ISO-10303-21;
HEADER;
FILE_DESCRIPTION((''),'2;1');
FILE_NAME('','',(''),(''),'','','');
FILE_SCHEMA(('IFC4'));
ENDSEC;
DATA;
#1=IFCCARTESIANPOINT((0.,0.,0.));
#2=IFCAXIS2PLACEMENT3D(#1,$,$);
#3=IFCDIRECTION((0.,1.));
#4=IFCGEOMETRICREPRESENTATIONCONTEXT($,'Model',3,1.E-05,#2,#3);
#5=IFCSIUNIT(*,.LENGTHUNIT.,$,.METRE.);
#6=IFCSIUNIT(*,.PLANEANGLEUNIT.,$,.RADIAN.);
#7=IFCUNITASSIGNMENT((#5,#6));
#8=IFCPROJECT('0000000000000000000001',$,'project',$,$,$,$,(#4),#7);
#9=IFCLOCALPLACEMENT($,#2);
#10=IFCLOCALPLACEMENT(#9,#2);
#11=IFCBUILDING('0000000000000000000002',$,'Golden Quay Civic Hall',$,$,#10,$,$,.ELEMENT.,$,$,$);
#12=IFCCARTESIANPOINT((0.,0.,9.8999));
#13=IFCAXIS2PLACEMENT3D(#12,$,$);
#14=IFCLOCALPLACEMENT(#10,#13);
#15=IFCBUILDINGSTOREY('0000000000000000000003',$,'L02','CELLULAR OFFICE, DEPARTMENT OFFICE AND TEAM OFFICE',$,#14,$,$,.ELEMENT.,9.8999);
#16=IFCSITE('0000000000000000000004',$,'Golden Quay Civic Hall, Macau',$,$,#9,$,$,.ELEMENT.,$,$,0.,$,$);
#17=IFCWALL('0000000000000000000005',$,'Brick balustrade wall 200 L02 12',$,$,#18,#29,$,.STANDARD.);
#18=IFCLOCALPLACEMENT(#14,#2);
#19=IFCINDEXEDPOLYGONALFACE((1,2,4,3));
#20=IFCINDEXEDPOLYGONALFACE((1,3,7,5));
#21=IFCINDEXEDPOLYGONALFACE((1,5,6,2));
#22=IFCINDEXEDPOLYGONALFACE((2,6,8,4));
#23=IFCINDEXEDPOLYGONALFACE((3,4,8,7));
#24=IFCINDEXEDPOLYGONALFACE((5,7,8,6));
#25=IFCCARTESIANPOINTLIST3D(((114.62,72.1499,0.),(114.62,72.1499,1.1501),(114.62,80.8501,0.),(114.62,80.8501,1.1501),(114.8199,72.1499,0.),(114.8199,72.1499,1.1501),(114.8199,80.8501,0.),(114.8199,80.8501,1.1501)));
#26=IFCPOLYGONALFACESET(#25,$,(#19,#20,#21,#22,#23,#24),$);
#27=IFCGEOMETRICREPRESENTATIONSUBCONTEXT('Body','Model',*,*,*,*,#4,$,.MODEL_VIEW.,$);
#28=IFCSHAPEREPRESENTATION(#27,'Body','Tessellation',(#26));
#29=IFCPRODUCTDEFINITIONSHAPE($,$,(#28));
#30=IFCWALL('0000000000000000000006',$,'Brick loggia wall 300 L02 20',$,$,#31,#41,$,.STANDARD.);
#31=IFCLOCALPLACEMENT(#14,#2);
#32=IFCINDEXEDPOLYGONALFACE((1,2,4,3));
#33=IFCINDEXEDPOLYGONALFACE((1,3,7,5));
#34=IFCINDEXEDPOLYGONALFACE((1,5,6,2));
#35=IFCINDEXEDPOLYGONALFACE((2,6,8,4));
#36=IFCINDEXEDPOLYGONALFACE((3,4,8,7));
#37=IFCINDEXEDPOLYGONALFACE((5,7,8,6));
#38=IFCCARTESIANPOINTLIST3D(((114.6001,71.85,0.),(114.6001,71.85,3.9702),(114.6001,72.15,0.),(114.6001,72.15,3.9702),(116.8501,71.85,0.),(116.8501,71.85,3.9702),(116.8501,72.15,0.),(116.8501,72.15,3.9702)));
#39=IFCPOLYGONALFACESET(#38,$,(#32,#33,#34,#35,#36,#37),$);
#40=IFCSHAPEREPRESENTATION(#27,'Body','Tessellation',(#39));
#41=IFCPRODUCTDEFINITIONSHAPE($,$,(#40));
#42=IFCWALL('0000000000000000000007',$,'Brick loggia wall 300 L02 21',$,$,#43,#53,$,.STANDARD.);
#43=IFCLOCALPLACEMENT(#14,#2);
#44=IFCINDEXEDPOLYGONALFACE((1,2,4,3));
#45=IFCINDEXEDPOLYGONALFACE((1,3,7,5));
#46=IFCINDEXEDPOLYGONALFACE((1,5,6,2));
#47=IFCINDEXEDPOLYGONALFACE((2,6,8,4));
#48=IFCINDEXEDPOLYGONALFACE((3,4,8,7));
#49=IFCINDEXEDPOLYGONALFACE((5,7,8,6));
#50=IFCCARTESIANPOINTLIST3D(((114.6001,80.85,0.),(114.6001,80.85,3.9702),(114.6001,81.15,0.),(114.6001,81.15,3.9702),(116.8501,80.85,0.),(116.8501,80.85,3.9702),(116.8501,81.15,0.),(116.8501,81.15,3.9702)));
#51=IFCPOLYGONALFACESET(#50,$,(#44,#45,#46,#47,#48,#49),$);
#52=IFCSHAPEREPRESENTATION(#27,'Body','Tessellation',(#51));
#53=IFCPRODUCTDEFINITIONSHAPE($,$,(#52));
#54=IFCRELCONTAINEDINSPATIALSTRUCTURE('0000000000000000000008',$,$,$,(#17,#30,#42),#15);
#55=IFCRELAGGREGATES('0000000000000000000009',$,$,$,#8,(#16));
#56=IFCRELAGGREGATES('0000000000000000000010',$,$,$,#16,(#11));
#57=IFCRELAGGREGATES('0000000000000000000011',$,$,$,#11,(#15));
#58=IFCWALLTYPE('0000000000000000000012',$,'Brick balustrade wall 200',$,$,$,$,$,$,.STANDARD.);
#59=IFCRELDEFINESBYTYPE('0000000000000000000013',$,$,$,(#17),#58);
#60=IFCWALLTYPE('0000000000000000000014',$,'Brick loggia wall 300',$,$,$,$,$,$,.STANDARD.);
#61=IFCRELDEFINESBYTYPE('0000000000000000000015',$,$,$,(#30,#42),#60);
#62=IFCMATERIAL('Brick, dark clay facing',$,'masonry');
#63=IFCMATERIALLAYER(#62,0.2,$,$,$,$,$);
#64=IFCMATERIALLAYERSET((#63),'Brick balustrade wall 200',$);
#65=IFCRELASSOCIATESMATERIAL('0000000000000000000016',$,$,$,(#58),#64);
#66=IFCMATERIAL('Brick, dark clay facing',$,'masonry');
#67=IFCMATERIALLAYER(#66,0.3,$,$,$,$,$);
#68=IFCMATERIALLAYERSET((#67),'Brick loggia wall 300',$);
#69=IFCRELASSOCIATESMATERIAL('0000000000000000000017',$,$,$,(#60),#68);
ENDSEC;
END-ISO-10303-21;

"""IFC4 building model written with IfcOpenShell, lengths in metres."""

from ifc_helpers import new_model, si_unit, direction, frame, frame_2d, origin, place, context, subcontext, project, spatial, rectangle, extrude, material, layer, layer_set, type_object, element, save


model = new_model("IFC4")

# Units and contexts
model_context = context("Model", 3, precision=1e-05, world=origin(), true_north=direction((0.0, 1.0)))
body_context = subcontext(model_context, "Body", "Model", "MODEL_VIEW")
ifc_project = project(units=[si_unit("LENGTHUNIT", "METRE"), si_unit("PLANEANGLEUNIT", "RADIAN")], contexts=[model_context])

# Site, building, storey
site_placement = place(None, origin())
site = spatial("IfcSite", under=ifc_project, at=site_placement, Name="Golden Quay Civic Hall, Macau", CompositionType="ELEMENT", RefElevation=0.0)
building_placement = place(site_placement, origin())
building = spatial("IfcBuilding", under=site, at=building_placement, Name="Golden Quay Civic Hall", CompositionType="ELEMENT")
storey_placement = place(building_placement, frame((0.0, 0.0, 9.8999)))
storey = spatial("IfcBuildingStorey", under=building, at=storey_placement, Name="L02", Description="CELLULAR OFFICE, DEPARTMENT OFFICE AND TEAM OFFICE", CompositionType="ELEMENT", Elevation=9.8999)

# Walls
ifc_material_1 = material(Name="Brick, dark clay facing", Category="masonry")
ifc_layer_1 = layer(ifc_material_1, 0.2)
ifc_layer_set_1 = layer_set([ifc_layer_1], Name="Brick balustrade wall 200")
wall_type_1 = type_object("IfcWallType", Name="Brick balustrade wall 200", PredefinedType="STANDARD", material=ifc_layer_set_1)
wall_placement = place(storey_placement, frame((114.72, 72.1499, 0.0), z_axis=(0.0, 0.0, 1.0), x_axis=(0.0, 1.0, 0.0)))
element("IfcWall", 1, at=wall_placement, inside=storey, type_object=wall_type_1, Name="Brick balustrade wall 200 L02 12", PredefinedType="STANDARD", context=body_context, shape_type="SweptSolid", body=[
    extrude(rectangle(XDim=8.7002, YDim=0.2, at=frame_2d((4.3501, 0.0))), origin(), (0.0, 0.0, 1.0), 1.1501),
])
ifc_material_2 = material(Name="Brick, dark clay facing", Category="masonry")
ifc_layer_2 = layer(ifc_material_2, 0.3)
ifc_layer_set_2 = layer_set([ifc_layer_2], Name="Brick loggia wall 300")
wall_type_2 = type_object("IfcWallType", Name="Brick loggia wall 300", PredefinedType="STANDARD", material=ifc_layer_set_2)
for number, where, z_axis, x_axis, name in (
    (2, (116.8501, 72.0, 0.0), (0.0, 0.0, 1.0), (-1.0, 0.0, 0.0), "Brick loggia wall 300 L02 20"),
    (3, (116.8501, 81.0, 0.0), (0.0, 0.0, 1.0), (-1.0, 0.0, 0.0), "Brick loggia wall 300 L02 21"),
):
    element("IfcWall", number, at=place(storey_placement, frame(where, z_axis=z_axis, x_axis=x_axis)), inside=storey, type_object=wall_type_2, Name=name, PredefinedType="STANDARD", context=body_context, shape_type="SweptSolid", body=[
        extrude(rectangle(XDim=2.25, YDim=0.3, at=frame_2d((1.125, 0.0))), origin(), (0.0, 0.0, 1.0), 3.9702),
    ])

save(model, "model.ifc")
